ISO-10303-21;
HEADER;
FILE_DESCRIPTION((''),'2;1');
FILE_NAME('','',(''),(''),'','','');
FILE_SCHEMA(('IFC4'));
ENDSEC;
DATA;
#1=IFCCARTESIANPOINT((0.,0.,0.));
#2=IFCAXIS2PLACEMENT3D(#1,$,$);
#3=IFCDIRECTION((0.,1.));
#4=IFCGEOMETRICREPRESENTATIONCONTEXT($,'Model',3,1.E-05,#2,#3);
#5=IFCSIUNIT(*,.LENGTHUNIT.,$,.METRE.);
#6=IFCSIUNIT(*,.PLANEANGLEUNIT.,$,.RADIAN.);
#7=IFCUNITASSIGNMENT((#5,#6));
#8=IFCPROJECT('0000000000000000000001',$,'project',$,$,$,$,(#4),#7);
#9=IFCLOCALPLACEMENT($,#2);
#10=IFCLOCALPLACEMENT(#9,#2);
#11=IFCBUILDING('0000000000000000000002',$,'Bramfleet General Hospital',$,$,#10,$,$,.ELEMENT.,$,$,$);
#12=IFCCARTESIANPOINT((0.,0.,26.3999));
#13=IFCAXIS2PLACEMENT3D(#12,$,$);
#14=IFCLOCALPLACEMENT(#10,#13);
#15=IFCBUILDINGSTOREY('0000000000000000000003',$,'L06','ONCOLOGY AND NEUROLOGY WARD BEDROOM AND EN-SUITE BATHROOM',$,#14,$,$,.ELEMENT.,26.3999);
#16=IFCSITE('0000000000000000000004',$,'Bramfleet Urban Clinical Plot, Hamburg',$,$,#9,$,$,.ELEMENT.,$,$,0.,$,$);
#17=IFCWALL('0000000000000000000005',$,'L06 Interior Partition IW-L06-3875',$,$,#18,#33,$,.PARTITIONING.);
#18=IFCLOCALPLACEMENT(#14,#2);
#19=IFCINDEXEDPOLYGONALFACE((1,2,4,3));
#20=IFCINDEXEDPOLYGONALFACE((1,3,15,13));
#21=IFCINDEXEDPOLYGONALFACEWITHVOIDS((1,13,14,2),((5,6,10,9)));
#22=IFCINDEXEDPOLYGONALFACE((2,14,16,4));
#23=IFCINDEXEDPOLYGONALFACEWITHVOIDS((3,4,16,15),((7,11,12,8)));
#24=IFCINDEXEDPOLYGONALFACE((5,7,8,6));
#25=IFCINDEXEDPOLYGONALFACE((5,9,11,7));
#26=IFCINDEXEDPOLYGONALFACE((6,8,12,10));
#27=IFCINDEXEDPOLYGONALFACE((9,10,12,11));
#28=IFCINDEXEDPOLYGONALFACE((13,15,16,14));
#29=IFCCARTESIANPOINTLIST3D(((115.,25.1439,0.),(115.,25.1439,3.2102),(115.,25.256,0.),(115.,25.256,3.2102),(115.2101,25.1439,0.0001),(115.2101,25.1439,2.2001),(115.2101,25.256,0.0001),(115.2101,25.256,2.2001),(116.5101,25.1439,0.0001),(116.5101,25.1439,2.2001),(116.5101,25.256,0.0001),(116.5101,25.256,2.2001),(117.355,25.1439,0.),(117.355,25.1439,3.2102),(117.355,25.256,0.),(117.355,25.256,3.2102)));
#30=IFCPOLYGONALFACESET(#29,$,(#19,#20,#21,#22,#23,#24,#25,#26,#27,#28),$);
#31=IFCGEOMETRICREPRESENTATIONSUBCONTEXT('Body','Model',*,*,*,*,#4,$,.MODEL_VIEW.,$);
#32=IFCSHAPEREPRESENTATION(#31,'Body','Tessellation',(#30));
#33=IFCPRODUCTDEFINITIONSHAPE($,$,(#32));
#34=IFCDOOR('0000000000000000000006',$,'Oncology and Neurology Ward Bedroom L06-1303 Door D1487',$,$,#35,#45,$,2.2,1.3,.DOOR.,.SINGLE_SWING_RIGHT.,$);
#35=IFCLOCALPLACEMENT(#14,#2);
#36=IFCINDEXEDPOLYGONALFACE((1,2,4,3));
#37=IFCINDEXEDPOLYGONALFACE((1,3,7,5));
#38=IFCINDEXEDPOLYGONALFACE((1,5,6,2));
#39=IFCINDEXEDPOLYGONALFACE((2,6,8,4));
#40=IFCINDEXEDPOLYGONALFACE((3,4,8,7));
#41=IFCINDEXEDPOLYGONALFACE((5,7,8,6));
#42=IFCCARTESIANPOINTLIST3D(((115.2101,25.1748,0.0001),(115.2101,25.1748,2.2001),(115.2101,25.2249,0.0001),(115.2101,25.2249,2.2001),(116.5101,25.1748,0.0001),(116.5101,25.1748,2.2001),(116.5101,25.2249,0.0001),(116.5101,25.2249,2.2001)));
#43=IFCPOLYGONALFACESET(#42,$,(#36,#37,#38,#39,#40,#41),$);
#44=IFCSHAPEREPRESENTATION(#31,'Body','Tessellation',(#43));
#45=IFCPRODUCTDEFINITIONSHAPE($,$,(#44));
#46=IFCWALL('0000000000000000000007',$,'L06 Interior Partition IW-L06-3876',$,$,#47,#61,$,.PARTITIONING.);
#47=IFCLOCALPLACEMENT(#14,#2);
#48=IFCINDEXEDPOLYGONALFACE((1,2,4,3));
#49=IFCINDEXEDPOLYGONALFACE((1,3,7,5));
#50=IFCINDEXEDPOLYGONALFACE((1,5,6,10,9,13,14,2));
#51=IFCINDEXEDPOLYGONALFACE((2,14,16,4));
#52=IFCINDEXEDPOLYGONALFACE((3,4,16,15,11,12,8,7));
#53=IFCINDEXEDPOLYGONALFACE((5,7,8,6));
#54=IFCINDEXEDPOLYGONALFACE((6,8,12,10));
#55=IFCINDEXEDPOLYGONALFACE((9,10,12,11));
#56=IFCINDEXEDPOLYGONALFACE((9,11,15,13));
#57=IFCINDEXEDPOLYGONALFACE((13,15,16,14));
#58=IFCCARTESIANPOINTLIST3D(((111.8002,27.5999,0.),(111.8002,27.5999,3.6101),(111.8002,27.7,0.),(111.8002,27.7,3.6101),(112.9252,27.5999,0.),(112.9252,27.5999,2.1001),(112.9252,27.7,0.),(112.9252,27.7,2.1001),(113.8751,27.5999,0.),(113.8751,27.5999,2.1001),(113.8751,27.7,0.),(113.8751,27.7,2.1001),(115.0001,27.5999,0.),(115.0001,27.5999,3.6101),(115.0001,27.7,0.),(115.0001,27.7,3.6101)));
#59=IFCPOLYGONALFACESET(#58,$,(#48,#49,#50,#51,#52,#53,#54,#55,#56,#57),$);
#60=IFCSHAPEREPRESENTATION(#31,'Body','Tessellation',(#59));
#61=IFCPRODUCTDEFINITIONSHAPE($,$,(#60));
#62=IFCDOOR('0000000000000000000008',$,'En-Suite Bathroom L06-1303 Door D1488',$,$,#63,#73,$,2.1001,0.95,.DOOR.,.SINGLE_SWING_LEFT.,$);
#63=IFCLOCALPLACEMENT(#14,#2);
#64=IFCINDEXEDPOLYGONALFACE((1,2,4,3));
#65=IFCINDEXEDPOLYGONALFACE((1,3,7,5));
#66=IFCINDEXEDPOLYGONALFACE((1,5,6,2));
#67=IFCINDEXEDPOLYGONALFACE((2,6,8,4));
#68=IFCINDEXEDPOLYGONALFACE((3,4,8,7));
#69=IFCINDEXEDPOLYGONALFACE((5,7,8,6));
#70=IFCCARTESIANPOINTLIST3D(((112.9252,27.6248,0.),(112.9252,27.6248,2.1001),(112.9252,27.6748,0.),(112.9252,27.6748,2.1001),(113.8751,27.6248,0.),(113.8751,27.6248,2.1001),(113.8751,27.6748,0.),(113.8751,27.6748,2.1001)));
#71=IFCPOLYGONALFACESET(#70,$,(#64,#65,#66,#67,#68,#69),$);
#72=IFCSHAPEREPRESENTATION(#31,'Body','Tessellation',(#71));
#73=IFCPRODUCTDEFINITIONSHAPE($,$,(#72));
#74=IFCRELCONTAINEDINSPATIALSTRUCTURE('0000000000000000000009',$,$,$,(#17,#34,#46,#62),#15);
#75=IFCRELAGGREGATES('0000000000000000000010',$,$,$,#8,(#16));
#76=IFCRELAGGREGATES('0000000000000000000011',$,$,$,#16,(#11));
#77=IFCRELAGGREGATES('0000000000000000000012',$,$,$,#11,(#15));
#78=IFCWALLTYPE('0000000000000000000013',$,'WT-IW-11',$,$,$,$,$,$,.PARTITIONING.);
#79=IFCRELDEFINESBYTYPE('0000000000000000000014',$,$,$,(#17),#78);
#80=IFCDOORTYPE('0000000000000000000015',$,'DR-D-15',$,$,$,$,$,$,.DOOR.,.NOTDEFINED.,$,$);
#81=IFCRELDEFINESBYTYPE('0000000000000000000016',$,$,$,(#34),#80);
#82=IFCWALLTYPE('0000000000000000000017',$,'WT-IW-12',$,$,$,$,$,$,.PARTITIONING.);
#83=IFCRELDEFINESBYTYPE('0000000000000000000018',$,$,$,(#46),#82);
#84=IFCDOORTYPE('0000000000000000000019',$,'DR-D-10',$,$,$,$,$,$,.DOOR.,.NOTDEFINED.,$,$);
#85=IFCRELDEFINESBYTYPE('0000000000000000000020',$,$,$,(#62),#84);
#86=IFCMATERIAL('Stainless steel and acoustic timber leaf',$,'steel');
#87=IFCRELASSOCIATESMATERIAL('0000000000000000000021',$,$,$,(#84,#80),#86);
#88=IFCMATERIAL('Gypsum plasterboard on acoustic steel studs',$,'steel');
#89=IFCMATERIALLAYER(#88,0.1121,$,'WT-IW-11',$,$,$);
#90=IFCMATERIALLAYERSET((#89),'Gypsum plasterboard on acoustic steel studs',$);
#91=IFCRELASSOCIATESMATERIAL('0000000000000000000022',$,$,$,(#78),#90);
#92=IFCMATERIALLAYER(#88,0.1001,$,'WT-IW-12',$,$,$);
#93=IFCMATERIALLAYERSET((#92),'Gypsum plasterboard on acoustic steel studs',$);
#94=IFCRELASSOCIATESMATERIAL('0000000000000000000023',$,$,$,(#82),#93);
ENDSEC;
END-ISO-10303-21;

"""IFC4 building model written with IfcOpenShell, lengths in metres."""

from ifc_helpers import new_model, si_unit, direction, frame, frame_2d, origin, place, context, subcontext, project, spatial, rectangle, extrude, material, layer, layer_set, type_object, element, fill, save


model = new_model("IFC4")

# Units and contexts
model_context = context("Model", 3, precision=1e-05, world=origin(), true_north=direction((0.0, 1.0)))
body_context = subcontext(model_context, "Body", "Model", "MODEL_VIEW")
ifc_project = project(units=[si_unit("LENGTHUNIT", "METRE"), si_unit("PLANEANGLEUNIT", "RADIAN")], contexts=[model_context])

# Site, building, storey
site_placement = place(None, origin())
site = spatial("IfcSite", under=ifc_project, at=site_placement, Name="Bramfleet Urban Clinical Plot, Hamburg", CompositionType="ELEMENT", RefElevation=0.0)
building_placement = place(site_placement, origin())
building = spatial("IfcBuilding", under=site, at=building_placement, Name="Bramfleet General Hospital", CompositionType="ELEMENT")
storey_placement = place(building_placement, frame((0.0, 0.0, 26.3999)))
storey = spatial("IfcBuildingStorey", under=building, at=storey_placement, Name="L06", Description="ONCOLOGY AND NEUROLOGY WARD BEDROOM AND EN-SUITE BATHROOM", CompositionType="ELEMENT", Elevation=26.3999)

# Shared definitions
ifc_material_1 = material(Name="Gypsum plasterboard on acoustic steel studs", Category="steel")

# Shared definitions
ifc_material_2 = material(Name="Stainless steel and acoustic timber leaf", Category="steel")
door_type_1 = type_object("IfcDoorType", Name="DR-D-10", OperationType="NOTDEFINED", PredefinedType="DOOR", material=ifc_material_2)

# Walls, openings, doors
ifc_layer_1 = layer(ifc_material_1, 0.1121, Name="WT-IW-11")
ifc_layer_set_1 = layer_set([ifc_layer_1], Name="Gypsum plasterboard on acoustic steel studs")
wall_type_1 = type_object("IfcWallType", Name="WT-IW-11", PredefinedType="PARTITIONING", material=ifc_layer_set_1)
wall_1_placement = place(storey_placement, frame((115.0, 25.2, 0.0), z_axis=(0.0, 0.0, 1.0), x_axis=(1.0, 0.0, 0.0)))
wall_1 = element("IfcWall", 1, at=wall_1_placement, inside=storey, type_object=wall_type_1, Name="L06 Interior Partition IW-L06-3875", PredefinedType="PARTITIONING", context=body_context, shape_type="SweptSolid", body=[
    extrude(rectangle(XDim=2.355, YDim=0.1121, at=frame_2d((1.1775, 0.0))), origin(), (0.0, 0.0, 1.0), 3.2102),
])
opening_1_placement = place(wall_1_placement, frame((0.2102, 0.0, 0.0)))
opening_1 = element("IfcOpeningElement", 2, at=opening_1_placement, cuts=wall_1, PredefinedType="OPENING", context=body_context, shape_type="SweptSolid", body=[
    extrude(rectangle(XDim=1.3, YDim=2.2, at=frame_2d((0.6499, 1.1001))), frame((0.0, 0.0659, 0.0), z_axis=(0.0, -1.0, 0.0), x_axis=(1.0, 0.0, 0.0)), (0.0, 0.0, 1.0), 0.1321),
])
door_type_2 = type_object("IfcDoorType", Name="DR-D-15", OperationType="NOTDEFINED", PredefinedType="DOOR", material=ifc_material_2)
door_1_placement = place(opening_1_placement, origin())
door_1 = element("IfcDoor", 3, at=door_1_placement, inside=storey, type_object=door_type_2, Name="Oncology and Neurology Ward Bedroom L06-1303 Door D1487", OperationType="SINGLE_SWING_RIGHT", OverallHeight=2.2, OverallWidth=1.3, PredefinedType="DOOR", context=body_context, shape_type="SweptSolid", body=[
    extrude(rectangle(XDim=1.3, YDim=2.2, at=frame_2d((0.6499, 1.1001))), frame((0.0, 0.0249, 0.0), z_axis=(0.0, -1.0, 0.0), x_axis=(1.0, 0.0, 0.0)), (0.0, 0.0, 1.0), 0.05),
])
fill(opening_1, door_1)
ifc_layer_2 = layer(ifc_material_1, 0.1001, Name="WT-IW-12")
ifc_layer_set_2 = layer_set([ifc_layer_2], Name="Gypsum plasterboard on acoustic steel studs")
wall_type_2 = type_object("IfcWallType", Name="WT-IW-12", PredefinedType="PARTITIONING", material=ifc_layer_set_2)
wall_2_placement = place(storey_placement, frame((111.8, 27.6499, 0.0), z_axis=(0.0, 0.0, 1.0), x_axis=(1.0, 0.0, 0.0)))
wall_2 = element("IfcWall", 4, at=wall_2_placement, inside=storey, type_object=wall_type_2, Name="L06 Interior Partition IW-L06-3876", PredefinedType="PARTITIONING", context=body_context, shape_type="SweptSolid", body=[
    extrude(rectangle(XDim=3.2, YDim=0.1001, at=frame_2d((1.6001, 0.0))), origin(), (0.0, 0.0, 1.0), 3.6101),
])
opening_2_placement = place(wall_2_placement, frame((1.125, 0.0, 0.0)))
opening_2 = element("IfcOpeningElement", 5, at=opening_2_placement, cuts=wall_2, PredefinedType="OPENING", context=body_context, shape_type="SweptSolid", body=[
    extrude(rectangle(XDim=0.95, YDim=2.1001, at=frame_2d((0.4751, 1.05))), frame((0.0, 0.0601, 0.0), z_axis=(0.0, -1.0, 0.0), x_axis=(1.0, 0.0, 0.0)), (0.0, 0.0, 1.0), 0.1201),
])
door_2_placement = place(opening_2_placement, origin())
door_2 = element("IfcDoor", 6, at=door_2_placement, inside=storey, type_object=door_type_1, Name="En-Suite Bathroom L06-1303 Door D1488", OperationType="SINGLE_SWING_LEFT", OverallHeight=2.1001, OverallWidth=0.95, PredefinedType="DOOR", context=body_context, shape_type="SweptSolid", body=[
    extrude(rectangle(XDim=0.95, YDim=2.1001, at=frame_2d((0.4751, 1.05))), frame((0.0, 0.0249, 0.0), z_axis=(0.0, -1.0, 0.0), x_axis=(1.0, 0.0, 0.0)), (0.0, 0.0, 1.0), 0.05),
])
fill(opening_2, door_2)

save(model, "model.ifc")
